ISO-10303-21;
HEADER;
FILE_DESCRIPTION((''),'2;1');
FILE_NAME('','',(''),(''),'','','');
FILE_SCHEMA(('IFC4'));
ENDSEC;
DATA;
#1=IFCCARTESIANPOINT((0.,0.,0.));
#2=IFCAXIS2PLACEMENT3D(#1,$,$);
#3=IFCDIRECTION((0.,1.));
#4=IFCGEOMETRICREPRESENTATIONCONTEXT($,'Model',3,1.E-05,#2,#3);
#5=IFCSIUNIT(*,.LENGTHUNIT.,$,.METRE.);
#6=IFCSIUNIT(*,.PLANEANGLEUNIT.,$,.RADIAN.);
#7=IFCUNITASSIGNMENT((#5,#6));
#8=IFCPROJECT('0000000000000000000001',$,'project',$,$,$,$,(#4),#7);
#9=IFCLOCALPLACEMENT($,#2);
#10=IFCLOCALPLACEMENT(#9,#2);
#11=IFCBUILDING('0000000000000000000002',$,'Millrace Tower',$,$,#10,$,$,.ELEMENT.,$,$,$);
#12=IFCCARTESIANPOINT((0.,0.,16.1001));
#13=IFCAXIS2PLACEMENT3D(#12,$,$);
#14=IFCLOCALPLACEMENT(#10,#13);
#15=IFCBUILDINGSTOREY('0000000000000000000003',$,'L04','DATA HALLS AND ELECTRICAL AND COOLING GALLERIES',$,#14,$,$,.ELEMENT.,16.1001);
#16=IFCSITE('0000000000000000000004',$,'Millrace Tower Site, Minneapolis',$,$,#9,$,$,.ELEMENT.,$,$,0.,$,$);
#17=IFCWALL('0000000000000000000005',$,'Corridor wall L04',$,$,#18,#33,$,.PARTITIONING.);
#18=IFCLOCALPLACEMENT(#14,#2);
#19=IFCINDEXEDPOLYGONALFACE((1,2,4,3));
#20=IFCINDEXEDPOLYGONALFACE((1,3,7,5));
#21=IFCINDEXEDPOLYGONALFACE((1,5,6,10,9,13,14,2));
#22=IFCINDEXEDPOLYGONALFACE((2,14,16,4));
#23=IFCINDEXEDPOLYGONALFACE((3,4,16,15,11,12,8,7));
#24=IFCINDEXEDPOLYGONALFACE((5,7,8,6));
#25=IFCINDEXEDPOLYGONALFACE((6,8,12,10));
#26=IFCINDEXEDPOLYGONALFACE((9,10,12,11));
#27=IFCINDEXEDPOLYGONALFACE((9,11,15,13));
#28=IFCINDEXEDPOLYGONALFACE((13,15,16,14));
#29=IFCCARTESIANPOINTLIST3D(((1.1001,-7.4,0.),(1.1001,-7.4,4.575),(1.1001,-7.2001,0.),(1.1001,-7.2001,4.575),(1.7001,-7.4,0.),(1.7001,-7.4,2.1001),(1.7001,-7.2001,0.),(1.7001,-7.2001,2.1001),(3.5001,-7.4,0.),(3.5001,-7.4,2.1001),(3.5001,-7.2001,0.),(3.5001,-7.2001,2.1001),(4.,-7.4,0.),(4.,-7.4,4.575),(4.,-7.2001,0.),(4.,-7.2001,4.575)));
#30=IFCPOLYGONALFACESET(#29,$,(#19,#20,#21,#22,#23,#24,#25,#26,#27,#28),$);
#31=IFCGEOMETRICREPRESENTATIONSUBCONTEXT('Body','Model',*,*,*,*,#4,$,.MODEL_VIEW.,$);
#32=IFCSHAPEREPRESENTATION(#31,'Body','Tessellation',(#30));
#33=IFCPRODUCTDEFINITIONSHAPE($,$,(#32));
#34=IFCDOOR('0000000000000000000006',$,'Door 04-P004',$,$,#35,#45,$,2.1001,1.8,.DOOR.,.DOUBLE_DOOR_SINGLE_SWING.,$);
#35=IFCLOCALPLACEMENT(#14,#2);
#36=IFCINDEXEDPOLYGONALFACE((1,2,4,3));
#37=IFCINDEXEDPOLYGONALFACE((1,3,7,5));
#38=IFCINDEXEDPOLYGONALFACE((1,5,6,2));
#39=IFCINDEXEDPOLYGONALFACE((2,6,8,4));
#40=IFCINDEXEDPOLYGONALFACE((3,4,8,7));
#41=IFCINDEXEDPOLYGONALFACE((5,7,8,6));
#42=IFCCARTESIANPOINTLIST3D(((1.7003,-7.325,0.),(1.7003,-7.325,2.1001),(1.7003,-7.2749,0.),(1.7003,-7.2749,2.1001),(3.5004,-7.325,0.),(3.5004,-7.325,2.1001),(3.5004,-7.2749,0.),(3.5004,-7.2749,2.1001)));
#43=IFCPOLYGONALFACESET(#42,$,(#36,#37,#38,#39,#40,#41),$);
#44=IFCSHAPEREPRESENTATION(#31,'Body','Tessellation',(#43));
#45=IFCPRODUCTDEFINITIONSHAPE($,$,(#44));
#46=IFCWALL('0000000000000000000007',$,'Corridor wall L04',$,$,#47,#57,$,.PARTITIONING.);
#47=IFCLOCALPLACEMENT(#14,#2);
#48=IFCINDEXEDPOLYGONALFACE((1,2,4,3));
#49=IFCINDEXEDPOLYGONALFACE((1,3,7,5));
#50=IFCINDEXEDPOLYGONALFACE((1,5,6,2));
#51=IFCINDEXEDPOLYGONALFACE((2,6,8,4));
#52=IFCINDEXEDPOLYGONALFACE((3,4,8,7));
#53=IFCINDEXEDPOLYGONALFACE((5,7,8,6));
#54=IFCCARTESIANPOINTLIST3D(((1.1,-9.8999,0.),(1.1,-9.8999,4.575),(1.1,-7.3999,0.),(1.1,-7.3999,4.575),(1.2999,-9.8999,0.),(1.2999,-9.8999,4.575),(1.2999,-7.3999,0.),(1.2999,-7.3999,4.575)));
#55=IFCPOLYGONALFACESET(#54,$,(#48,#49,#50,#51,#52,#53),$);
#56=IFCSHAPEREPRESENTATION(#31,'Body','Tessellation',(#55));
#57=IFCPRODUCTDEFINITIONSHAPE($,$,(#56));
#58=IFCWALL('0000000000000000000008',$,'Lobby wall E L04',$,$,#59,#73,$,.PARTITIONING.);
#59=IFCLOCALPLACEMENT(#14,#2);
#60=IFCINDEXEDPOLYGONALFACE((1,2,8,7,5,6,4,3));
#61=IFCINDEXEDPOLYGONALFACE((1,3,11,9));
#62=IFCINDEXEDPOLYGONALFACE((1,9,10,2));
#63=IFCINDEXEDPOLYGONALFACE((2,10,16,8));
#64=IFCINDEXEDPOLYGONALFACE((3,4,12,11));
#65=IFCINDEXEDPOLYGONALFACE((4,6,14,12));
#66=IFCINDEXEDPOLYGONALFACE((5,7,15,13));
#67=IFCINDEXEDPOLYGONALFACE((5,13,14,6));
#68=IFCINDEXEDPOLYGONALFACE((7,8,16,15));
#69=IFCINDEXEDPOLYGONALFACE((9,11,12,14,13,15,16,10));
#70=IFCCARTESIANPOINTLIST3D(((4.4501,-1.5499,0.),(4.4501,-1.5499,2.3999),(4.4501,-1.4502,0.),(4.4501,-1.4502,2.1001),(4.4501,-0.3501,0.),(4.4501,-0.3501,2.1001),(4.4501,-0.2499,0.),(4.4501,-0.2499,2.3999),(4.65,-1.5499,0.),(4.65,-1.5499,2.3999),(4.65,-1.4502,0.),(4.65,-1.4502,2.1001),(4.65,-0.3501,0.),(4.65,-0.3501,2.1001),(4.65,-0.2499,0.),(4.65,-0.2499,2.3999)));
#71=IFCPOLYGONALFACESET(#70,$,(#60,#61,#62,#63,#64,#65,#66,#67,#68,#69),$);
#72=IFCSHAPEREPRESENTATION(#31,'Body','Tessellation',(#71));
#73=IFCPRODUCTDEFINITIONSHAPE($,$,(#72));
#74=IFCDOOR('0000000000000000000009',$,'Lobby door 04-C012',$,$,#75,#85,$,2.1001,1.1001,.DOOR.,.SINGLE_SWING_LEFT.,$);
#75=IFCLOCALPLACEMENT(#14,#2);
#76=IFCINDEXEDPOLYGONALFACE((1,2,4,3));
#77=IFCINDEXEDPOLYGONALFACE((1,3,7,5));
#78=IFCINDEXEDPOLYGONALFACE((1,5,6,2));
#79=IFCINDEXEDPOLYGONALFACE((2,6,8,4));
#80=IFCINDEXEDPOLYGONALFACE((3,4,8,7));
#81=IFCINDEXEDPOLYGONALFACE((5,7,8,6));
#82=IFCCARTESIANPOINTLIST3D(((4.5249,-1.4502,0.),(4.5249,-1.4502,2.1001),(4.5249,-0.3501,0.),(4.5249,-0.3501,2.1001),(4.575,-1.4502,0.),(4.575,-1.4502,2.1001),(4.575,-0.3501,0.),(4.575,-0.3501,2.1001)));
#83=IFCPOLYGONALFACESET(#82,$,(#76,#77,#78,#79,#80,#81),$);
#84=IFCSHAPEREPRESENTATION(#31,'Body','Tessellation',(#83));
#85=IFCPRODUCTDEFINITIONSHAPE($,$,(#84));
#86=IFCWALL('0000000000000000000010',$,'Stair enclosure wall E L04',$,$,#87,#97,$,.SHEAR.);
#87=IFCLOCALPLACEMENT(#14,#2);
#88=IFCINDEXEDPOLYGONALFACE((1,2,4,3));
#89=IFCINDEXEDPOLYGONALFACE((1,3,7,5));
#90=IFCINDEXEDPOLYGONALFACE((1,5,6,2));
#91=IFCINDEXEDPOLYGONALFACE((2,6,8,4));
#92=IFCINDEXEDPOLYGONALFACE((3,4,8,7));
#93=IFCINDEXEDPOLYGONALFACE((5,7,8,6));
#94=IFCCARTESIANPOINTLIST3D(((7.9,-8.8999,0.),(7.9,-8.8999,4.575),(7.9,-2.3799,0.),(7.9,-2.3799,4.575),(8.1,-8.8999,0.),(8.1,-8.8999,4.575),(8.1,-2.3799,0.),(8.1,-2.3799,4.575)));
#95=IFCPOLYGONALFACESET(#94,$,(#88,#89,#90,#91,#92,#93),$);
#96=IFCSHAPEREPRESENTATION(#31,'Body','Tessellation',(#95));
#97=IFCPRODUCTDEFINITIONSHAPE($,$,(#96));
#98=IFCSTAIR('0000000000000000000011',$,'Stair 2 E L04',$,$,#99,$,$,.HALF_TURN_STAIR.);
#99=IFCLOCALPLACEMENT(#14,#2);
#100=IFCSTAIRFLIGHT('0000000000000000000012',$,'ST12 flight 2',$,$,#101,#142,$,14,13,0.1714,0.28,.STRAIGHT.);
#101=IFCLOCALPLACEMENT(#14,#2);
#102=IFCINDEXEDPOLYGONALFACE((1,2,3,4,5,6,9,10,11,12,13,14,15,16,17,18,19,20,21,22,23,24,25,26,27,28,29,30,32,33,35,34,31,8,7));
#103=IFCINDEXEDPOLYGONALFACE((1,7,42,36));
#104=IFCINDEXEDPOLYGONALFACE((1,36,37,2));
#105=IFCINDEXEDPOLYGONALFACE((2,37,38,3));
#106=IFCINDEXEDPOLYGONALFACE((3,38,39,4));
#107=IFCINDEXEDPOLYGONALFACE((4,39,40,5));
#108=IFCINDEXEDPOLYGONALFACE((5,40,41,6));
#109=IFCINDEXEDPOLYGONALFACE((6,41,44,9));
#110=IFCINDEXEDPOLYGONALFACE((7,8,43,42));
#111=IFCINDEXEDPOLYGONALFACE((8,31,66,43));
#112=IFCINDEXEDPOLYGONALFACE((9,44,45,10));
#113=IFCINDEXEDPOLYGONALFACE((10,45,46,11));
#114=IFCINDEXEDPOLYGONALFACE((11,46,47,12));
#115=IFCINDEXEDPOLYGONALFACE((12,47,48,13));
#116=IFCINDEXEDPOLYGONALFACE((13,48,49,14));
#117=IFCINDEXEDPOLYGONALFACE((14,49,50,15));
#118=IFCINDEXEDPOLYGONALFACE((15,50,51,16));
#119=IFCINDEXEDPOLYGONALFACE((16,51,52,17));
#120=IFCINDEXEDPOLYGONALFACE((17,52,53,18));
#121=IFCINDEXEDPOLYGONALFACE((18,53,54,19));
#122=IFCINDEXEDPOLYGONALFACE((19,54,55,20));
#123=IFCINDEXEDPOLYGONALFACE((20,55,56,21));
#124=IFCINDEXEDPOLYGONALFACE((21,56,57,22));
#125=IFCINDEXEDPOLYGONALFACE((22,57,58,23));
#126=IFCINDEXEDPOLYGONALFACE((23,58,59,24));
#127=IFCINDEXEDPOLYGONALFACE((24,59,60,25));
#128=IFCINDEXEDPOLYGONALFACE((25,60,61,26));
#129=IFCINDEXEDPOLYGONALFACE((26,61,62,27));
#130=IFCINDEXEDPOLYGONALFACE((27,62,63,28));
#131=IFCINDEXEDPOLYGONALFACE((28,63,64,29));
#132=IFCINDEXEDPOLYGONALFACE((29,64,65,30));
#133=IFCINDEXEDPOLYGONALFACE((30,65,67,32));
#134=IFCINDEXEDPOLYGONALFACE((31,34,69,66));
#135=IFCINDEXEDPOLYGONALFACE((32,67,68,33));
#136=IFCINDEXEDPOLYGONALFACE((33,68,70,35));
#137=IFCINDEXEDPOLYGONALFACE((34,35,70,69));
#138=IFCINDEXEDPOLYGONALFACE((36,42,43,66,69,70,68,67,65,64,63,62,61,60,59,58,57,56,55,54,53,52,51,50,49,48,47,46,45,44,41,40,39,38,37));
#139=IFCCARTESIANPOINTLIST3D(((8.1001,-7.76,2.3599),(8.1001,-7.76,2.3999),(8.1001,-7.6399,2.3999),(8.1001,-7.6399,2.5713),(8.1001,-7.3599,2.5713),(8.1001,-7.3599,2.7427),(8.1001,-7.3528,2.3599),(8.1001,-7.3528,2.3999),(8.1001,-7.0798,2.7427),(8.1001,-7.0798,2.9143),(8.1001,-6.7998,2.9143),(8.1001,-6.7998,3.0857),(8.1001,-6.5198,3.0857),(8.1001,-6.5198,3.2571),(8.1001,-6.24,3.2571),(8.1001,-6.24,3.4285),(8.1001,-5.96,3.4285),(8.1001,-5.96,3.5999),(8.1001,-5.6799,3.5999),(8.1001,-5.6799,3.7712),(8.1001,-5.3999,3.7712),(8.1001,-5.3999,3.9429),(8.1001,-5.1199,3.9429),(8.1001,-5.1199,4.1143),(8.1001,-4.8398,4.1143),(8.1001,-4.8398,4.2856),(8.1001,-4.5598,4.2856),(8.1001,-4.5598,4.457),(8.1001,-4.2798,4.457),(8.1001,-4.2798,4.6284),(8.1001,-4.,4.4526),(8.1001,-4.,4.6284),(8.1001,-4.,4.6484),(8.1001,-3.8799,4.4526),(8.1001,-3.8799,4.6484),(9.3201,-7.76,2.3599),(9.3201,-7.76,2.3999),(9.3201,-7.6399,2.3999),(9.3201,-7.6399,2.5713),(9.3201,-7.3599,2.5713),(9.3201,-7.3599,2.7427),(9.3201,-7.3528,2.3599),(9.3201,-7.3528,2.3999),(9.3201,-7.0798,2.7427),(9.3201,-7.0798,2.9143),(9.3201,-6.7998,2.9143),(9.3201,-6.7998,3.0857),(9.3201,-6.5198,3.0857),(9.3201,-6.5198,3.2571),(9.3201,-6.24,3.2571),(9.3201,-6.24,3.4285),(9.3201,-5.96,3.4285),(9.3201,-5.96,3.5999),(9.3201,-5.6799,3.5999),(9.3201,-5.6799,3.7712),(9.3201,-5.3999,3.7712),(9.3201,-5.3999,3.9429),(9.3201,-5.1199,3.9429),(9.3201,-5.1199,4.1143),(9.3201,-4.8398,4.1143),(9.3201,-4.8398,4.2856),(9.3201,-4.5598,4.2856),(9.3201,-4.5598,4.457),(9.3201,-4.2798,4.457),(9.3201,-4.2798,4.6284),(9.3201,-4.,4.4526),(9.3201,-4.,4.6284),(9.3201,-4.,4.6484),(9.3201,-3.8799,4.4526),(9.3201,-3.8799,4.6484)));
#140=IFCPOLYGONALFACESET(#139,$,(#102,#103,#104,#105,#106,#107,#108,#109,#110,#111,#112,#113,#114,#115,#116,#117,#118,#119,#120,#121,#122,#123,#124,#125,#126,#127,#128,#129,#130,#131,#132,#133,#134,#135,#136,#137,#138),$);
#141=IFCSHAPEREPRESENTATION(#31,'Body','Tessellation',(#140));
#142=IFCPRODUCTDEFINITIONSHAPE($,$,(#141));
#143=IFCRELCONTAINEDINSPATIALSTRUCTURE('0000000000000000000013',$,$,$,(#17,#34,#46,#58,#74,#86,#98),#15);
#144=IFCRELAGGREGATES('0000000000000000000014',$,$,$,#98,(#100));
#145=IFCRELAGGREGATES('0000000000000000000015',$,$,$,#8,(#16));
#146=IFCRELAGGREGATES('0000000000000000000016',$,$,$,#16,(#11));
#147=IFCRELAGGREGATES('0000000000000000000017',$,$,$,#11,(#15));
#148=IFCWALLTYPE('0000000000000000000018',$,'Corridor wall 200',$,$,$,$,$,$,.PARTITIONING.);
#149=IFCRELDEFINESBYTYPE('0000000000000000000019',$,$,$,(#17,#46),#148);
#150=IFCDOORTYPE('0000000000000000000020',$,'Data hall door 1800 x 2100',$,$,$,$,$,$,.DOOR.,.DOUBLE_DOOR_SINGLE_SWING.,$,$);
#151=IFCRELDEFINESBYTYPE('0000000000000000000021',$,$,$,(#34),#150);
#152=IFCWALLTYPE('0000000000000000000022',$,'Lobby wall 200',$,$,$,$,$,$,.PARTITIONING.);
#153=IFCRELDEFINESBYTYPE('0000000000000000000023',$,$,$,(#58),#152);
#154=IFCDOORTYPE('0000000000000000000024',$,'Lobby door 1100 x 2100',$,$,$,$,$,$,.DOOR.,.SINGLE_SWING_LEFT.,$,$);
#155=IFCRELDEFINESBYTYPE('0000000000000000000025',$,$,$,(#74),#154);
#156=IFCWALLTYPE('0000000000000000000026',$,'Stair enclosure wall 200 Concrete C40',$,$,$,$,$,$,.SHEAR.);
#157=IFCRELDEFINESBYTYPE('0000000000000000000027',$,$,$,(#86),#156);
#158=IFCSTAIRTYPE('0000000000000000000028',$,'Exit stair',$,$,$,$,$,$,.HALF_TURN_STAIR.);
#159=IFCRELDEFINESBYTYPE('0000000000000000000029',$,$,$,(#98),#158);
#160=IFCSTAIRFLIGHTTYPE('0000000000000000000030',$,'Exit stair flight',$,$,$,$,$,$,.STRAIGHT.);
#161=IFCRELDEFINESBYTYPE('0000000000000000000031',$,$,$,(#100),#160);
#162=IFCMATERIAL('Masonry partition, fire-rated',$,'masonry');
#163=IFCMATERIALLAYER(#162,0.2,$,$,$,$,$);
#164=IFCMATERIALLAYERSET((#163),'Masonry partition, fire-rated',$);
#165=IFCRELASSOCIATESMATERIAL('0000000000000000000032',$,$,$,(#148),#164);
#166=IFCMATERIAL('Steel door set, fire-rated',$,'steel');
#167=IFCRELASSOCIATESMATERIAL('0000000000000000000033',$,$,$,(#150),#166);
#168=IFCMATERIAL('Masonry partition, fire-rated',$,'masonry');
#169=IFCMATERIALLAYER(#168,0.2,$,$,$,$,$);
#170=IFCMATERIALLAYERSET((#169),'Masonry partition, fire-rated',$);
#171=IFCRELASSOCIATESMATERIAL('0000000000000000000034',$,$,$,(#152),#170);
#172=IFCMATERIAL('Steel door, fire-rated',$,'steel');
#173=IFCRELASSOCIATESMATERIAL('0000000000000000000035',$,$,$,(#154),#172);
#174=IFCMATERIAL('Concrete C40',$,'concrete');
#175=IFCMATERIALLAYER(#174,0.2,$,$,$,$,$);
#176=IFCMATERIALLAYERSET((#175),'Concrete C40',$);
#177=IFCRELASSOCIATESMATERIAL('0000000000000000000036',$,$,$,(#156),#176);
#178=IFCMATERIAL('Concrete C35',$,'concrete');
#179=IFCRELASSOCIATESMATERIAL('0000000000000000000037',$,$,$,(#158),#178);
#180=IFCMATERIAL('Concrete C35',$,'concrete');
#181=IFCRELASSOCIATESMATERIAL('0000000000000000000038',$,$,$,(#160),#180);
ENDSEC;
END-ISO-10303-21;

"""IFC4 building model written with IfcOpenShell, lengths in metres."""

from ifc_helpers import new_model, si_unit, direction, frame, frame_2d, origin, place, context, subcontext, project, spatial, polyline, rectangle, outline, extrude, material, layer, layer_set, type_object, element, fill, aggregate, save


model = new_model("IFC4")

# Units and contexts
model_context = context("Model", 3, precision=1e-05, world=origin(), true_north=direction((0.0, 1.0)))
body_context = subcontext(model_context, "Body", "Model", "MODEL_VIEW")
ifc_project = project(units=[si_unit("LENGTHUNIT", "METRE"), si_unit("PLANEANGLEUNIT", "RADIAN")], contexts=[model_context])

# Site, building, storey
site_placement = place(None, origin())
site = spatial("IfcSite", under=ifc_project, at=site_placement, Name="Millrace Tower Site, Minneapolis", CompositionType="ELEMENT", RefElevation=0.0)
building_placement = place(site_placement, origin())
building = spatial("IfcBuilding", under=site, at=building_placement, Name="Millrace Tower", CompositionType="ELEMENT")
storey_placement = place(building_placement, frame((0.0, 0.0, 16.1001)))
storey = spatial("IfcBuildingStorey", under=building, at=storey_placement, Name="L04", Description="DATA HALLS AND ELECTRICAL AND COOLING GALLERIES", CompositionType="ELEMENT", Elevation=16.1001)

# Shared definitions
placement_1 = place(storey_placement, origin())

# Shared definitions
ifc_material_1 = material(Name="Masonry partition, fire-rated", Category="masonry")
ifc_layer_1 = layer(ifc_material_1, 0.2)
ifc_layer_set_1 = layer_set([ifc_layer_1], Name="Masonry partition, fire-rated")
wall_type_1 = type_object("IfcWallType", Name="Corridor wall 200", PredefinedType="PARTITIONING", material=ifc_layer_set_1)

# Wall, opening, door
wall_1_placement = place(storey_placement, frame((1.1001, -7.3, 0.0), z_axis=(0.0, 0.0, 1.0), x_axis=(1.0, 0.0, 0.0)))
wall_1 = element("IfcWall", 1, at=wall_1_placement, inside=storey, type_object=wall_type_1, Name="Corridor wall L04", PredefinedType="PARTITIONING", context=body_context, shape_type="SweptSolid", body=[
    extrude(rectangle(XDim=2.8999, YDim=0.2, at=frame_2d((1.45, 0.0))), origin(), (0.0, 0.0, 1.0), 4.575),
])
opening_1_placement = place(wall_1_placement, frame((0.6001, 0.0, 0.0)))
opening_1 = element("IfcOpeningElement", 2, at=opening_1_placement, cuts=wall_1, PredefinedType="OPENING", context=body_context, shape_type="SweptSolid", body=[
    extrude(rectangle(XDim=1.8, YDim=2.1001, at=frame_2d((0.8999, 1.05))), frame((0.0, 0.1099, 0.0), z_axis=(0.0, -1.0, 0.0), x_axis=(1.0, 0.0, 0.0)), (0.0, 0.0, 1.0), 0.22),
])
ifc_material_2 = material(Name="Steel door set, fire-rated", Category="steel")
door_type_1 = type_object("IfcDoorType", Name="Data hall door 1800 x 2100", OperationType="DOUBLE_DOOR_SINGLE_SWING", PredefinedType="DOOR", material=ifc_material_2)
door_1_placement = place(opening_1_placement, frame((1.8, 0.0, 0.0), z_axis=(0.0, 0.0, 1.0), x_axis=(-1.0, 0.0, 0.0)))
door_1 = element("IfcDoor", 3, at=door_1_placement, inside=storey, type_object=door_type_1, Name="Door 04-P004", OperationType="DOUBLE_DOOR_SINGLE_SWING", OverallHeight=2.1001, OverallWidth=1.8, PredefinedType="DOOR", context=body_context, shape_type="SweptSolid", body=[
    extrude(rectangle(XDim=1.8, YDim=2.1001, at=frame_2d((0.8999, 1.05))), frame((0.0, 0.0249, 0.0), z_axis=(0.0, -1.0, 0.0), x_axis=(1.0, 0.0, 0.0)), (0.0, 0.0, 1.0), 0.05),
])
fill(opening_1, door_1)

# Wall
wall_2_placement = place(storey_placement, frame((1.2, -9.8999, 0.0), z_axis=(0.0, 0.0, 1.0), x_axis=(0.0, 1.0, 0.0)))
element("IfcWall", 4, at=wall_2_placement, inside=storey, type_object=wall_type_1, Name="Corridor wall L04", PredefinedType="PARTITIONING", context=body_context, shape_type="SweptSolid", body=[
    extrude(rectangle(XDim=2.5, YDim=0.2, at=frame_2d((1.25, 0.0))), origin(), (0.0, 0.0, 1.0), 4.575),
])

# Wall, opening, door
ifc_material_3 = material(Name="Masonry partition, fire-rated", Category="masonry")
ifc_layer_2 = layer(ifc_material_3, 0.2)
ifc_layer_set_2 = layer_set([ifc_layer_2], Name="Masonry partition, fire-rated")
wall_type_2 = type_object("IfcWallType", Name="Lobby wall 200", PredefinedType="PARTITIONING", material=ifc_layer_set_2)
wall_3_placement = place(storey_placement, frame((4.55, -0.25, 0.0), z_axis=(0.0, 0.0, 1.0), x_axis=(0.0, -1.0, 0.0)))
wall_3 = element("IfcWall", 5, at=wall_3_placement, inside=storey, type_object=wall_type_2, Name="Lobby wall E L04", PredefinedType="PARTITIONING", context=body_context, shape_type="SweptSolid", body=[
    extrude(rectangle(XDim=1.3, YDim=0.2, at=frame_2d((0.6499, 0.0))), origin(), (0.0, 0.0, 1.0), 2.3999),
])
opening_2_placement = place(wall_3_placement, frame((0.1001, 0.0, 0.0)))
opening_2 = element("IfcOpeningElement", 6, at=opening_2_placement, cuts=wall_3, PredefinedType="OPENING", context=body_context, shape_type="SweptSolid", body=[
    extrude(rectangle(XDim=1.1001, YDim=2.1001, at=frame_2d((0.55, 1.05))), frame((0.0, 0.1099, 0.0), z_axis=(0.0, -1.0, 0.0), x_axis=(1.0, 0.0, 0.0)), (0.0, 0.0, 1.0), 0.22),
])
ifc_material_4 = material(Name="Steel door, fire-rated", Category="steel")
door_type_2 = type_object("IfcDoorType", Name="Lobby door 1100 x 2100", OperationType="SINGLE_SWING_LEFT", PredefinedType="DOOR", material=ifc_material_4)
door_2_placement = place(opening_2_placement, origin())
door_2 = element("IfcDoor", 7, at=door_2_placement, inside=storey, type_object=door_type_2, Name="Lobby door 04-C012", OperationType="SINGLE_SWING_LEFT", OverallHeight=2.1001, OverallWidth=1.1001, PredefinedType="DOOR", context=body_context, shape_type="SweptSolid", body=[
    extrude(rectangle(XDim=1.1001, YDim=2.1001, at=frame_2d((0.55, 1.05))), frame((0.0, 0.0249, 0.0), z_axis=(0.0, -1.0, 0.0), x_axis=(1.0, 0.0, 0.0)), (0.0, 0.0, 1.0), 0.05),
])
fill(opening_2, door_2)

# Wall
ifc_material_5 = material(Name="Concrete C40", Category="concrete")
ifc_layer_3 = layer(ifc_material_5, 0.2)
ifc_layer_set_3 = layer_set([ifc_layer_3], Name="Concrete C40")
wall_type_3 = type_object("IfcWallType", Name="Stair enclosure wall 200 Concrete C40", PredefinedType="SHEAR", material=ifc_layer_set_3)
wall_4_placement = place(storey_placement, frame((8.0, -2.3799, 0.0), z_axis=(0.0, 0.0, 1.0), x_axis=(0.0, -1.0, 0.0)))
element("IfcWall", 8, at=wall_4_placement, inside=storey, type_object=wall_type_3, Name="Stair enclosure wall E L04", PredefinedType="SHEAR", context=body_context, shape_type="SweptSolid", body=[
    extrude(rectangle(XDim=6.52, YDim=0.2, at=frame_2d((3.26, 0.0))), origin(), (0.0, 0.0, 1.0), 4.575),
])

# Stair, stair flight
ifc_material_6 = material(Name="Concrete C35", Category="concrete")
stair_type = type_object("IfcStairType", Name="Exit stair", PredefinedType="HALF_TURN_STAIR", material=ifc_material_6)
stair_1 = element("IfcStair", 9, at=placement_1, inside=storey, type_object=stair_type, Name="Stair 2 E L04", PredefinedType="HALF_TURN_STAIR")
ifc_material_7 = material(Name="Concrete C35", Category="concrete")
stair_flight_type = type_object("IfcStairFlightType", Name="Exit stair flight", PredefinedType="STRAIGHT", material=ifc_material_7)
stair_flight_1_placement = place(storey_placement, frame((8.71, -7.6399, 2.3999), z_axis=(0.0, 0.0, 1.0), x_axis=(0.0, 1.0, 0.0)))
stair_flight_1 = element("IfcStairFlight", 10, at=stair_flight_1_placement, type_object=stair_flight_type, Name="ST12 flight 2", NumberOfRisers=14, NumberOfTreads=13, PredefinedType="STRAIGHT", RiserHeight=0.1714, TreadLength=0.28, context=body_context, shape_type="SweptSolid", body=[
    extrude(outline(polyline([(-0.1201, -0.04), (-0.1201, 0.0), (0.0, 0.0), (0.0, 0.1714), (0.28, 0.1714), (0.28, 0.3428), (0.5601, 0.3428), (0.5601, 0.5144), (0.8401, 0.5144), (0.8401, 0.6858), (1.1201, 0.6858), (1.1201, 0.8572), (1.3999, 0.8572), (1.3999, 1.0286), (1.6799, 1.0286), (1.6799, 1.2), (1.96, 1.2), (1.96, 1.3713), (2.24, 1.3713), (2.24, 1.543), (2.52, 1.543), (2.52, 1.7144), (2.8, 1.7144), (2.8, 1.8857), (3.0801, 1.8857), (3.0801, 2.0571), (3.3601, 2.0571), (3.3601, 2.2285), (3.6399, 2.2285), (3.6399, 2.2485), (3.76, 2.2485), (3.76, 2.0527), (3.6399, 2.0527), (0.2871, 0.0), (0.2871, -0.04), (-0.1201, -0.04)])), frame((0.0, 0.6099, 0.0), z_axis=(0.0, -1.0, 0.0), x_axis=(1.0, 0.0, 0.0)), (0.0, 0.0, 1.0), 1.22),
])
aggregate(stair_1, [stair_flight_1])

save(model, "model.ifc")
